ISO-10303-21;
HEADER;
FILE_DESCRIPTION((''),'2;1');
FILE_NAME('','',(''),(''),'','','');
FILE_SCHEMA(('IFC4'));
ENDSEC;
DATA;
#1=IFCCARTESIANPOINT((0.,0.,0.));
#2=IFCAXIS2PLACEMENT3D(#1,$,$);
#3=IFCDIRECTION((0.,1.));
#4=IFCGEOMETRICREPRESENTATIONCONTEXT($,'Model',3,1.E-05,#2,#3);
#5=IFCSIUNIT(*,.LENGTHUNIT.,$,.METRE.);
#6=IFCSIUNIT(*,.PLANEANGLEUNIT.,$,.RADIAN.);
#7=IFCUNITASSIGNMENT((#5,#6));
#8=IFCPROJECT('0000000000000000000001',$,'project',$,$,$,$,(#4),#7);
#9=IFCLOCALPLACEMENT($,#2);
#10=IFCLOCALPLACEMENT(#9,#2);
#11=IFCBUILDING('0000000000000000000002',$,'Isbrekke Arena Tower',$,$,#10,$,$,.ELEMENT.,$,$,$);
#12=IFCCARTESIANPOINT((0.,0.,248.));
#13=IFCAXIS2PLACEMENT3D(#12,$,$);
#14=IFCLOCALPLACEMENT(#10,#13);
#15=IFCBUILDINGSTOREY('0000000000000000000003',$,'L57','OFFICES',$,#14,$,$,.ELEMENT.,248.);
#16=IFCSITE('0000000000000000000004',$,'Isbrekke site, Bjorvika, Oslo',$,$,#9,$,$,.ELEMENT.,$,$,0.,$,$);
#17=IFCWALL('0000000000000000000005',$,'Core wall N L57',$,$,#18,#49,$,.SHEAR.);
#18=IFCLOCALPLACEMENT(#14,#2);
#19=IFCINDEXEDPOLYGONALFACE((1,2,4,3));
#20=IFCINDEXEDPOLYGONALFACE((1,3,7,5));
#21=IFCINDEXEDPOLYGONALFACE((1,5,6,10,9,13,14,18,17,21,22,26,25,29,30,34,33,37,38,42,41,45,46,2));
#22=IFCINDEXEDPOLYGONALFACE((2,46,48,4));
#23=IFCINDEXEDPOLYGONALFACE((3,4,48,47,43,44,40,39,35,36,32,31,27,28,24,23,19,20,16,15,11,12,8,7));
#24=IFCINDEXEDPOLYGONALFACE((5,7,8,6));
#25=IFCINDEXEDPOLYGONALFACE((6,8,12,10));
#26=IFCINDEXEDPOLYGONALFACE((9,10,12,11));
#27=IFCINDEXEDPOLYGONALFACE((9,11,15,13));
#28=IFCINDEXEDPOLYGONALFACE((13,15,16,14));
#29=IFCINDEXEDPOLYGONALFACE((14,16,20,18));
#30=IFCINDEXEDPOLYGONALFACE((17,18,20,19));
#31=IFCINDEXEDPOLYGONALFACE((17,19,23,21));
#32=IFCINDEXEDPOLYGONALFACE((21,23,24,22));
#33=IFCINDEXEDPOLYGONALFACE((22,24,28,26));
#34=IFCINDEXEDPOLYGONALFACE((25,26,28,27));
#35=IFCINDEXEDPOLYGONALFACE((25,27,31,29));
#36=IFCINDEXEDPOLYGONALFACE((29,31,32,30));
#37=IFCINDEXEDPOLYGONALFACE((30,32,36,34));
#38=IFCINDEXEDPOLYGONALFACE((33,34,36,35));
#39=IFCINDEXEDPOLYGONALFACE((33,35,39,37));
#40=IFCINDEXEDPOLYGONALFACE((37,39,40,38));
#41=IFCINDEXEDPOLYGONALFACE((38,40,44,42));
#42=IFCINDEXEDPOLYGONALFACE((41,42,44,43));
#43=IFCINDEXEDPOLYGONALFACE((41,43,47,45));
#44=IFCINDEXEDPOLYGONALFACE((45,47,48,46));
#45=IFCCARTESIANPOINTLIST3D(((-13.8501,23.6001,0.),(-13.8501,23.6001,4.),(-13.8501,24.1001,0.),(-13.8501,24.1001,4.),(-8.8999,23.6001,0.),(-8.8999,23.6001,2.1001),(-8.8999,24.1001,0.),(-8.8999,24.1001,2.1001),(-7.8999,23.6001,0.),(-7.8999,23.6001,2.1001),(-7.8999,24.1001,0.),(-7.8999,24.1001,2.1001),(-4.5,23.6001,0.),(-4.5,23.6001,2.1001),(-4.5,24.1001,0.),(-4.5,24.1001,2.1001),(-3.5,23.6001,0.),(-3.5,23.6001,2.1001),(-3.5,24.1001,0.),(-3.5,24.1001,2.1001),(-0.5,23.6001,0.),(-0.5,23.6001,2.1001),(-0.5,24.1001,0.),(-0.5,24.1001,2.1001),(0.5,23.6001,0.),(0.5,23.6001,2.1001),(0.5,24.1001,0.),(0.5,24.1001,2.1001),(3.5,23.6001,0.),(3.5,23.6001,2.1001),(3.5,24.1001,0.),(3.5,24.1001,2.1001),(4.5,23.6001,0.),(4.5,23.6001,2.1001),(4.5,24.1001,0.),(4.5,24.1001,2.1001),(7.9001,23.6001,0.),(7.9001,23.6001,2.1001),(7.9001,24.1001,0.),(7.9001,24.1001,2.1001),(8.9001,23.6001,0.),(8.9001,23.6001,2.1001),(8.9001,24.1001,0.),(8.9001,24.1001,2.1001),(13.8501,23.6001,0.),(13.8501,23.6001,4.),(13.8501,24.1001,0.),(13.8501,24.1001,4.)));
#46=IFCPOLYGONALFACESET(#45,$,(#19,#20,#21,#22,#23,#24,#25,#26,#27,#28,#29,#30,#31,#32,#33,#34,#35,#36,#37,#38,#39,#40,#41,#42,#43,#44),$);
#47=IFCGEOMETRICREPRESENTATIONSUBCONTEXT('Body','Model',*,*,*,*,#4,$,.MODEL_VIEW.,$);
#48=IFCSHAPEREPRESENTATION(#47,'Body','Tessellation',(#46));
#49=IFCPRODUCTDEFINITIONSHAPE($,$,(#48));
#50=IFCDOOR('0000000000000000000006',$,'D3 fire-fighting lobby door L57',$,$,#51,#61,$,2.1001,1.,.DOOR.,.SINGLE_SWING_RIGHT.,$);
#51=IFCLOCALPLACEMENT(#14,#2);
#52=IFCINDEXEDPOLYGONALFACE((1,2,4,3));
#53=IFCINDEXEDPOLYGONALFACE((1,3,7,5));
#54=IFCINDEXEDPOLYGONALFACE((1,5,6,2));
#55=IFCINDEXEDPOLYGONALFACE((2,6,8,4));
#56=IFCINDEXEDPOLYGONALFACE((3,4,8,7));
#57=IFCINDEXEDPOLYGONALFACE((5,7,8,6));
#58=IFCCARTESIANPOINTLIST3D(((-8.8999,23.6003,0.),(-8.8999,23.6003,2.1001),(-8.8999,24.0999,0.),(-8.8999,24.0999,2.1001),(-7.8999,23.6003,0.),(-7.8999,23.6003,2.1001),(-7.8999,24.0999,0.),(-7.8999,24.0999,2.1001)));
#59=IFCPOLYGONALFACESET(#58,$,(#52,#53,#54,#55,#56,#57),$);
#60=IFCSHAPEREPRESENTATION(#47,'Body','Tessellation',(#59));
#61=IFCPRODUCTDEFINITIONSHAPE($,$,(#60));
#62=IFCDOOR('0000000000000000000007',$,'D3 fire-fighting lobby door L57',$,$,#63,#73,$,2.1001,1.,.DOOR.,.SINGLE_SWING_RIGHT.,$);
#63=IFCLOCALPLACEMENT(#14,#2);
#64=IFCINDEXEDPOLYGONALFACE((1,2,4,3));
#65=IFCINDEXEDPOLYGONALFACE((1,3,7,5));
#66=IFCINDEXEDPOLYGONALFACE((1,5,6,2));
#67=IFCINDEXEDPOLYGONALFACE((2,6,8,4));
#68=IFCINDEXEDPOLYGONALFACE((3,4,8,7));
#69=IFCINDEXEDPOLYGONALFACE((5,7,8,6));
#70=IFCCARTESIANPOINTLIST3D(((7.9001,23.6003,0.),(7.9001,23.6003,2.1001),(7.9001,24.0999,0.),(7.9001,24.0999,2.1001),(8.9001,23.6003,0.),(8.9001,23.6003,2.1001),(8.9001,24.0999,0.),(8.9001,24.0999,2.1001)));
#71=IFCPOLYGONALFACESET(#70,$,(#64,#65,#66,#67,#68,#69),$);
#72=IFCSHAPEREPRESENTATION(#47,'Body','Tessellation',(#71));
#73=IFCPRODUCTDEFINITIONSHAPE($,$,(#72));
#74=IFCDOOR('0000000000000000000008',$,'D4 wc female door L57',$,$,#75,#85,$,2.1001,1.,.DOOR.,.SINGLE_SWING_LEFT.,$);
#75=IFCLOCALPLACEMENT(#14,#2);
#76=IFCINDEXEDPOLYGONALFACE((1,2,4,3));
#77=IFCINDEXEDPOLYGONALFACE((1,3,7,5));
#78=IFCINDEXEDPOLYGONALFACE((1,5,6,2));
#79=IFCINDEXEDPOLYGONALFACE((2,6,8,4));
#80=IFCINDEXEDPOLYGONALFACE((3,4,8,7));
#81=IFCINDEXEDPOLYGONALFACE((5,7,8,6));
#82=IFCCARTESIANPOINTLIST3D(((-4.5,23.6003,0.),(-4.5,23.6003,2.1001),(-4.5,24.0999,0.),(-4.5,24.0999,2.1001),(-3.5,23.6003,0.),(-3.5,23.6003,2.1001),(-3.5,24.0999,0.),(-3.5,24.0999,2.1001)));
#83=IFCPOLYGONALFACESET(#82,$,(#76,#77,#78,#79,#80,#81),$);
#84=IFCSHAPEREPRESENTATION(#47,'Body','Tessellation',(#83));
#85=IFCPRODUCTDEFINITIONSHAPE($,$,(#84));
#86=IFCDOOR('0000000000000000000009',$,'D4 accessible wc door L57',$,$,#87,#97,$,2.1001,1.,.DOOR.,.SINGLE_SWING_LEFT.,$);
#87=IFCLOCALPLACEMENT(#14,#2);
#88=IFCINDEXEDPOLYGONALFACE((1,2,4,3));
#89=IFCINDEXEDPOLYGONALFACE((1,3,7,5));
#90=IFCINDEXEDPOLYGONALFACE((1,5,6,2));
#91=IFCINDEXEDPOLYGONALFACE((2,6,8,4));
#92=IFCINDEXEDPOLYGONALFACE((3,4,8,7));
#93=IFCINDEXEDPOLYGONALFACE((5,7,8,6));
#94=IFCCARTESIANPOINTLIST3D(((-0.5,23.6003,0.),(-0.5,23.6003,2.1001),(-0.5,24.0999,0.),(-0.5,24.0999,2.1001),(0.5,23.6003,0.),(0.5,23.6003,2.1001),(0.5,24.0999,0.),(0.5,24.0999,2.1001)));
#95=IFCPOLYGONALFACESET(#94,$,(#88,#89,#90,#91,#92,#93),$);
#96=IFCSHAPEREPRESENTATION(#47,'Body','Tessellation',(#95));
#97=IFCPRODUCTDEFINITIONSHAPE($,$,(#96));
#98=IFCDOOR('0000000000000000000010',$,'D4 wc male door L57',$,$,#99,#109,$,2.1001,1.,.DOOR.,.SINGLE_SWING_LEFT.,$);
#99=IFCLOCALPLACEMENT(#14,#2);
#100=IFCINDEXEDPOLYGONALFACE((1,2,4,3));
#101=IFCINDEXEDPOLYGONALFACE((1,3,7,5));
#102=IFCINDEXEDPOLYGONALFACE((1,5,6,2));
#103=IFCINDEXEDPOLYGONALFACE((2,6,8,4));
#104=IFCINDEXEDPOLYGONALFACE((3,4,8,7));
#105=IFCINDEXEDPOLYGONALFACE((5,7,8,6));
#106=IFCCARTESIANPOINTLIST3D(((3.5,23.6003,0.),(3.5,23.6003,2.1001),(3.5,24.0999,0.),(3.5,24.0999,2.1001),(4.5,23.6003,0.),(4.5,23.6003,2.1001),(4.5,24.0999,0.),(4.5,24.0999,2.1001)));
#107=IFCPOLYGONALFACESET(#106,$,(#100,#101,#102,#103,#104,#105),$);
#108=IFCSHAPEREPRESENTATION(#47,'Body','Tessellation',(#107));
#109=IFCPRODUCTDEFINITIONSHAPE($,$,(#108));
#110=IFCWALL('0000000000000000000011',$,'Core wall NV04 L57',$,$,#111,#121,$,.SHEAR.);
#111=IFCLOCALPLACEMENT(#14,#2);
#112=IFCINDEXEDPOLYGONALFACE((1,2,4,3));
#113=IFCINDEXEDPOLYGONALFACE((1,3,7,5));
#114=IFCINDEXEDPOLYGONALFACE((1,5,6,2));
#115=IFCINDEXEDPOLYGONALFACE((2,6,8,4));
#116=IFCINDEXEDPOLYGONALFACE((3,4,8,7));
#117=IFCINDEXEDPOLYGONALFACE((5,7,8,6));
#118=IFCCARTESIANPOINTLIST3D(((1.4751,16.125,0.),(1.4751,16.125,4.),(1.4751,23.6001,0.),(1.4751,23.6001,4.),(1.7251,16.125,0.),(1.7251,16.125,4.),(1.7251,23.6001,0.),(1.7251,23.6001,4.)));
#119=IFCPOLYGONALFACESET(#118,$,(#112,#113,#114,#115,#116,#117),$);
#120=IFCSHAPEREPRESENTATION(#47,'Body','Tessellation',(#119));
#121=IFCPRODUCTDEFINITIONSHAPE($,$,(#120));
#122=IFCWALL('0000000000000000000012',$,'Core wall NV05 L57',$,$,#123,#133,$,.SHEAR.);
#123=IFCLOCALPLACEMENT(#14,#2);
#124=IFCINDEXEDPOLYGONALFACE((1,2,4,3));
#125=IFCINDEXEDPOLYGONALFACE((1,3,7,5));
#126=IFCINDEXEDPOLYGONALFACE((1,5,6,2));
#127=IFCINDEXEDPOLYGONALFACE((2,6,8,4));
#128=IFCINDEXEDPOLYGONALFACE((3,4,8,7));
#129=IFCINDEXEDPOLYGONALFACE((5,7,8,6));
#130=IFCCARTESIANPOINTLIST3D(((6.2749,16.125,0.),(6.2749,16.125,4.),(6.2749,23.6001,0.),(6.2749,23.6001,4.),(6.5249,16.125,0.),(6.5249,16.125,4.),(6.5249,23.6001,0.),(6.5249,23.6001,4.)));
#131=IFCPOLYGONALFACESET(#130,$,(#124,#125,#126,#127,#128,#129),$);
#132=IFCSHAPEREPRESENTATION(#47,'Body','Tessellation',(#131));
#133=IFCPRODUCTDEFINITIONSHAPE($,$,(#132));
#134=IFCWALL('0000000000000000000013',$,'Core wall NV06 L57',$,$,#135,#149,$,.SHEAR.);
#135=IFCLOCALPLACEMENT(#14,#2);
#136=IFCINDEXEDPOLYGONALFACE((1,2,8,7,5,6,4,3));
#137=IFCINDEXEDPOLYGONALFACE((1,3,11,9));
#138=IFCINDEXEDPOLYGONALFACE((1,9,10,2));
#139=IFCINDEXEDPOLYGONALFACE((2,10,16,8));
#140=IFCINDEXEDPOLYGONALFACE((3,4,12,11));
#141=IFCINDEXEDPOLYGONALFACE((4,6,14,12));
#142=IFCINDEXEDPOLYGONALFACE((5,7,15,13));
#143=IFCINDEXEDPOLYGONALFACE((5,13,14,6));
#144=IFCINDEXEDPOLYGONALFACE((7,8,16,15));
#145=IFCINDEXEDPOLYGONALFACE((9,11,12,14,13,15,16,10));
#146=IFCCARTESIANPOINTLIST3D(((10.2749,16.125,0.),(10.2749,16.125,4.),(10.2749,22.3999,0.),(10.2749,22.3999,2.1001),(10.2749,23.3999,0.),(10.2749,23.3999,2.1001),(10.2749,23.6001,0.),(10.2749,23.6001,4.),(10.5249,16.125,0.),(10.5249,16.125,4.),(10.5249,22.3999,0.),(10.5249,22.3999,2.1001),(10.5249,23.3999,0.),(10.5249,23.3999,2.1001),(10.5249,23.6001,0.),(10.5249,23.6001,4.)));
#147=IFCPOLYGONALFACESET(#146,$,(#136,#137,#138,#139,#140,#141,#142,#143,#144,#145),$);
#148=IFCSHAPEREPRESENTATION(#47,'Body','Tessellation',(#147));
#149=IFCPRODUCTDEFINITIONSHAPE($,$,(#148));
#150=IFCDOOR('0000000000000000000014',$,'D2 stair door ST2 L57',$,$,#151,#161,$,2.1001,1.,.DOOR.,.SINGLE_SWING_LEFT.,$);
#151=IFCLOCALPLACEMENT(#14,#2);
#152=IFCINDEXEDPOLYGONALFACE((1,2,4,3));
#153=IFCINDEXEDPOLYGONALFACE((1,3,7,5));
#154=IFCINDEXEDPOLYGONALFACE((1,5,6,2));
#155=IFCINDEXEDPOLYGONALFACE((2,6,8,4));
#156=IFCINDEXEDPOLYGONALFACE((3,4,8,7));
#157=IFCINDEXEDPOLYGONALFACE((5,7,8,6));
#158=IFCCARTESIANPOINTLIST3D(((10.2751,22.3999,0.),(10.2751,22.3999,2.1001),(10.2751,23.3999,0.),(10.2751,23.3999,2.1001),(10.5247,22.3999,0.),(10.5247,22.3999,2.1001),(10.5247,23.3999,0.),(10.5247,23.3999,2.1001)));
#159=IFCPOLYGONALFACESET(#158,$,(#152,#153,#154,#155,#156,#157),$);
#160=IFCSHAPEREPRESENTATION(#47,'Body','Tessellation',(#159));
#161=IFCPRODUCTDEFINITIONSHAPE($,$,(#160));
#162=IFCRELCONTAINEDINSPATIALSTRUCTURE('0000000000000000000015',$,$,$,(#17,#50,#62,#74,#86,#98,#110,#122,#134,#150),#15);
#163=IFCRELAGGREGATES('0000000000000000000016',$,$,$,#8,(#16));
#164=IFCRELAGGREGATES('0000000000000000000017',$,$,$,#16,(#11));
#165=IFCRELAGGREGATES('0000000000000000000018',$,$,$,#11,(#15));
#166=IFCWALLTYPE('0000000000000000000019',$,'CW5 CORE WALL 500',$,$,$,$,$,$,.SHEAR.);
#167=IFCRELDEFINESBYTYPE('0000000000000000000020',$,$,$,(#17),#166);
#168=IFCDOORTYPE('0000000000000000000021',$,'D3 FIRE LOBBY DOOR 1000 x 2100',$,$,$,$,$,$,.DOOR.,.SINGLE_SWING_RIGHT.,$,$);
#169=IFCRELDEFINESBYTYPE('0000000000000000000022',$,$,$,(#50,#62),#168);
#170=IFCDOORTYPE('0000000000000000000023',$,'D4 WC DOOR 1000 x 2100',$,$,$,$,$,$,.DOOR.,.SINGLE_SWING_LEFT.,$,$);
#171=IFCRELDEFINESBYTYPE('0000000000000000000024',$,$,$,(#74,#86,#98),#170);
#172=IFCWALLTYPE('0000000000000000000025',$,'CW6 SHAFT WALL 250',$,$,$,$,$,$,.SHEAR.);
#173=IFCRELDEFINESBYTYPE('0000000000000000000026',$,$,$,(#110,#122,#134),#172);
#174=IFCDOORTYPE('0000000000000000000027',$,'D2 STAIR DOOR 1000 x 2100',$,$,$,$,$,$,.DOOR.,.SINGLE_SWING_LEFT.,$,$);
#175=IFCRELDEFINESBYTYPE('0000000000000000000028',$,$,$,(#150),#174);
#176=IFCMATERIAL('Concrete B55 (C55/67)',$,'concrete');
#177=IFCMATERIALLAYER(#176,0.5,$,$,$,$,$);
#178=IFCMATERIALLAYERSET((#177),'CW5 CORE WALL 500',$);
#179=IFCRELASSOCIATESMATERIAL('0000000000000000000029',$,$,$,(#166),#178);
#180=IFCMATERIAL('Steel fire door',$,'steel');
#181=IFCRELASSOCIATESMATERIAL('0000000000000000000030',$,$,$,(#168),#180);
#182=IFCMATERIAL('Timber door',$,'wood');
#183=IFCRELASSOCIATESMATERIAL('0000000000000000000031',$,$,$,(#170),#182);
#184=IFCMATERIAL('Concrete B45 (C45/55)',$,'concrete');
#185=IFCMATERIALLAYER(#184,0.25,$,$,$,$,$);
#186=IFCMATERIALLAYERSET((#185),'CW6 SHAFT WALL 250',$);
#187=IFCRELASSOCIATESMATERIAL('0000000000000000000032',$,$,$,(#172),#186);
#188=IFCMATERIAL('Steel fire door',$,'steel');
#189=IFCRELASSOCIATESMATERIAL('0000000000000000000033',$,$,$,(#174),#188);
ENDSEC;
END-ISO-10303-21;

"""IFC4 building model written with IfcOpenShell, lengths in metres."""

from ifc_helpers import new_model, si_unit, direction, frame, frame_2d, origin, place, context, subcontext, project, spatial, rectangle, extrude, material, layer, layer_set, type_object, element, fill, save


model = new_model("IFC4")

# Units and contexts
model_context = context("Model", 3, precision=1e-05, world=origin(), true_north=direction((0.0, 1.0)))
body_context = subcontext(model_context, "Body", "Model", "MODEL_VIEW")
ifc_project = project(units=[si_unit("LENGTHUNIT", "METRE"), si_unit("PLANEANGLEUNIT", "RADIAN")], contexts=[model_context])

# Site, building, storey
site_placement = place(None, origin())
site = spatial("IfcSite", under=ifc_project, at=site_placement, Name="Isbrekke site, Bjorvika, Oslo", CompositionType="ELEMENT", RefElevation=0.0)
building_placement = place(site_placement, origin())
building = spatial("IfcBuilding", under=site, at=building_placement, Name="Isbrekke Arena Tower", CompositionType="ELEMENT")
storey_placement = place(building_placement, frame((0.0, 0.0, 248.0)))
storey = spatial("IfcBuildingStorey", under=building, at=storey_placement, Name="L57", Description="OFFICES", CompositionType="ELEMENT", Elevation=248.0)

# Wall, openings, doors
ifc_material_1 = material(Name="Concrete B55 (C55/67)", Category="concrete")
ifc_layer_1 = layer(ifc_material_1, 0.5)
ifc_layer_set_1 = layer_set([ifc_layer_1], Name="CW5 CORE WALL 500")
wall_type_1 = type_object("IfcWallType", Name="CW5 CORE WALL 500", PredefinedType="SHEAR", material=ifc_layer_set_1)
wall_1_placement = place(storey_placement, frame((13.8501, 23.8501, 0.0), z_axis=(0.0, 0.0, 1.0), x_axis=(-1.0, 0.0, 0.0)))
wall_1 = element("IfcWall", 1, at=wall_1_placement, inside=storey, type_object=wall_type_1, Name="Core wall N L57", PredefinedType="SHEAR", context=body_context, shape_type="SweptSolid", body=[
    extrude(rectangle(XDim=27.7002, YDim=0.5, at=frame_2d((13.8501, 0.0))), origin(), (0.0, 0.0, 1.0), 4.0),
])
opening_1_placement = place(wall_1_placement, frame((21.75, 0.0, 0.0)))
opening_1 = element("IfcOpeningElement", 2, at=opening_1_placement, cuts=wall_1, PredefinedType="OPENING", context=body_context, shape_type="SweptSolid", body=[
    extrude(rectangle(XDim=1.0, YDim=2.1001, at=frame_2d((0.5, 1.05))), frame((0.0, 0.2649, 0.0), z_axis=(0.0, -1.0, 0.0), x_axis=(1.0, 0.0, 0.0)), (0.0, 0.0, 1.0), 0.5298),
])
opening_2_placement = place(wall_1_placement, frame((4.95, 0.0, 0.0)))
opening_2 = element("IfcOpeningElement", 3, at=opening_2_placement, cuts=wall_1, PredefinedType="OPENING", context=body_context, shape_type="SweptSolid", body=[
    extrude(rectangle(XDim=1.0, YDim=2.1001, at=frame_2d((0.5, 1.05))), frame((0.0, 0.2649, 0.0), z_axis=(0.0, -1.0, 0.0), x_axis=(1.0, 0.0, 0.0)), (0.0, 0.0, 1.0), 0.5298),
])
opening_3_placement = place(wall_1_placement, frame((17.3501, 0.0, 0.0)))
opening_3 = element("IfcOpeningElement", 4, at=opening_3_placement, cuts=wall_1, PredefinedType="OPENING", context=body_context, shape_type="SweptSolid", body=[
    extrude(rectangle(XDim=1.0, YDim=2.1001, at=frame_2d((0.5, 1.05))), frame((0.0, 0.2649, 0.0), z_axis=(0.0, -1.0, 0.0), x_axis=(1.0, 0.0, 0.0)), (0.0, 0.0, 1.0), 0.5298),
])
opening_4_placement = place(wall_1_placement, frame((13.3501, 0.0, 0.0)))
opening_4 = element("IfcOpeningElement", 5, at=opening_4_placement, cuts=wall_1, PredefinedType="OPENING", context=body_context, shape_type="SweptSolid", body=[
    extrude(rectangle(XDim=1.0, YDim=2.1001, at=frame_2d((0.5, 1.05))), frame((0.0, 0.2649, 0.0), z_axis=(0.0, -1.0, 0.0), x_axis=(1.0, 0.0, 0.0)), (0.0, 0.0, 1.0), 0.5298),
])
opening_5_placement = place(wall_1_placement, frame((9.3501, 0.0, 0.0)))
opening_5 = element("IfcOpeningElement", 6, at=opening_5_placement, cuts=wall_1, PredefinedType="OPENING", context=body_context, shape_type="SweptSolid", body=[
    extrude(rectangle(XDim=1.0, YDim=2.1001, at=frame_2d((0.5, 1.05))), frame((0.0, 0.2649, 0.0), z_axis=(0.0, -1.0, 0.0), x_axis=(1.0, 0.0, 0.0)), (0.0, 0.0, 1.0), 0.5298),
])
ifc_material_2 = material(Name="Steel fire door", Category="steel")
door_type_1 = type_object("IfcDoorType", Name="D3 FIRE LOBBY DOOR 1000 x 2100", OperationType="SINGLE_SWING_RIGHT", PredefinedType="DOOR", material=ifc_material_2)
door_1_placement = place(opening_1_placement, origin())
door_1 = element("IfcDoor", 7, at=door_1_placement, inside=storey, type_object=door_type_1, Name="D3 fire-fighting lobby door L57", OperationType="SINGLE_SWING_RIGHT", OverallHeight=2.1001, OverallWidth=1.0, PredefinedType="DOOR", context=body_context, shape_type="SweptSolid", body=[
    extrude(rectangle(XDim=1.0, YDim=2.1001, at=frame_2d((0.5, 1.05))), frame((0.0, 0.2498, 0.0), z_axis=(0.0, -1.0, 0.0), x_axis=(1.0, 0.0, 0.0)), (0.0, 0.0, 1.0), 0.4995),
])
fill(opening_1, door_1)
door_2_placement = place(opening_2_placement, origin())
door_2 = element("IfcDoor", 8, at=door_2_placement, inside=storey, type_object=door_type_1, Name="D3 fire-fighting lobby door L57", OperationType="SINGLE_SWING_RIGHT", OverallHeight=2.1001, OverallWidth=1.0, PredefinedType="DOOR", context=body_context, shape_type="SweptSolid", body=[
    extrude(rectangle(XDim=1.0, YDim=2.1001, at=frame_2d((0.5, 1.05))), frame((0.0, 0.2498, 0.0), z_axis=(0.0, -1.0, 0.0), x_axis=(1.0, 0.0, 0.0)), (0.0, 0.0, 1.0), 0.4995),
])
fill(opening_2, door_2)
ifc_material_3 = material(Name="Timber door", Category="wood")
door_type_2 = type_object("IfcDoorType", Name="D4 WC DOOR 1000 x 2100", OperationType="SINGLE_SWING_LEFT", PredefinedType="DOOR", material=ifc_material_3)
door_3_placement = place(opening_3_placement, origin())
door_3 = element("IfcDoor", 9, at=door_3_placement, inside=storey, type_object=door_type_2, Name="D4 wc female door L57", OperationType="SINGLE_SWING_LEFT", OverallHeight=2.1001, OverallWidth=1.0, PredefinedType="DOOR", context=body_context, shape_type="SweptSolid", body=[
    extrude(rectangle(XDim=1.0, YDim=2.1001, at=frame_2d((0.5, 1.05))), frame((0.0, 0.2498, 0.0), z_axis=(0.0, -1.0, 0.0), x_axis=(1.0, 0.0, 0.0)), (0.0, 0.0, 1.0), 0.4995),
])
fill(opening_3, door_3)
door_4_placement = place(opening_4_placement, origin())
door_4 = element("IfcDoor", 10, at=door_4_placement, inside=storey, type_object=door_type_2, Name="D4 accessible wc door L57", OperationType="SINGLE_SWING_LEFT", OverallHeight=2.1001, OverallWidth=1.0, PredefinedType="DOOR", context=body_context, shape_type="SweptSolid", body=[
    extrude(rectangle(XDim=1.0, YDim=2.1001, at=frame_2d((0.5, 1.05))), frame((0.0, 0.2498, 0.0), z_axis=(0.0, -1.0, 0.0), x_axis=(1.0, 0.0, 0.0)), (0.0, 0.0, 1.0), 0.4995),
])
fill(opening_4, door_4)
door_5_placement = place(opening_5_placement, origin())
door_5 = element("IfcDoor", 11, at=door_5_placement, inside=storey, type_object=door_type_2, Name="D4 wc male door L57", OperationType="SINGLE_SWING_LEFT", OverallHeight=2.1001, OverallWidth=1.0, PredefinedType="DOOR", context=body_context, shape_type="SweptSolid", body=[
    extrude(rectangle(XDim=1.0, YDim=2.1001, at=frame_2d((0.5, 1.05))), frame((0.0, 0.2498, 0.0), z_axis=(0.0, -1.0, 0.0), x_axis=(1.0, 0.0, 0.0)), (0.0, 0.0, 1.0), 0.4995),
])
fill(opening_5, door_5)

# Walls
ifc_material_4 = material(Name="Concrete B45 (C45/55)", Category="concrete")
ifc_layer_2 = layer(ifc_material_4, 0.25)
ifc_layer_set_2 = layer_set([ifc_layer_2], Name="CW6 SHAFT WALL 250")
wall_type_2 = type_object("IfcWallType", Name="CW6 SHAFT WALL 250", PredefinedType="SHEAR", material=ifc_layer_set_2)
for number, where, z_axis, x_axis, name in (
    (12, (1.6001, 16.125, 0.0), (0.0, 0.0, 1.0), (0.0, 1.0, 0.0), "Core wall NV04 L57"),
    (13, (6.3999, 16.125, 0.0), (0.0, 0.0, 1.0), (0.0, 1.0, 0.0), "Core wall NV05 L57"),
):
    element("IfcWall", number, at=place(storey_placement, frame(where, z_axis=z_axis, x_axis=x_axis)), inside=storey, type_object=wall_type_2, Name=name, PredefinedType="SHEAR", context=body_context, shape_type="SweptSolid", body=[
        extrude(rectangle(XDim=7.4751, YDim=0.25, at=frame_2d((3.7375, 0.0))), origin(), (0.0, 0.0, 1.0), 4.0),
    ])

# Wall, opening, door
wall_2_placement = place(storey_placement, frame((10.3999, 16.125, 0.0), z_axis=(0.0, 0.0, 1.0), x_axis=(0.0, 1.0, 0.0)))
wall_2 = element("IfcWall", 14, at=wall_2_placement, inside=storey, type_object=wall_type_2, Name="Core wall NV06 L57", PredefinedType="SHEAR", context=body_context, shape_type="SweptSolid", body=[
    extrude(rectangle(XDim=7.4751, YDim=0.25, at=frame_2d((3.7375, 0.0))), origin(), (0.0, 0.0, 1.0), 4.0),
])
opening_6_placement = place(wall_2_placement, frame((6.2749, 0.0, 0.0)))
opening_6 = element("IfcOpeningElement", 15, at=opening_6_placement, cuts=wall_2, PredefinedType="OPENING", context=body_context, shape_type="SweptSolid", body=[
    extrude(rectangle(XDim=1.0, YDim=2.1001, at=frame_2d((0.5, 1.05))), frame((0.0, 0.1399, 0.0), z_axis=(0.0, -1.0, 0.0), x_axis=(1.0, 0.0, 0.0)), (0.0, 0.0, 1.0), 0.2798),
])
ifc_material_5 = material(Name="Steel fire door", Category="steel")
door_type_3 = type_object("IfcDoorType", Name="D2 STAIR DOOR 1000 x 2100", OperationType="SINGLE_SWING_LEFT", PredefinedType="DOOR", material=ifc_material_5)
door_6_placement = place(opening_6_placement, origin())
door_6 = element("IfcDoor", 16, at=door_6_placement, inside=storey, type_object=door_type_3, Name="D2 stair door ST2 L57", OperationType="SINGLE_SWING_LEFT", OverallHeight=2.1001, OverallWidth=1.0, PredefinedType="DOOR", context=body_context, shape_type="SweptSolid", body=[
    extrude(rectangle(XDim=1.0, YDim=2.1001, at=frame_2d((0.5, 1.05))), frame((0.0, 0.1248, 0.0), z_axis=(0.0, -1.0, 0.0), x_axis=(1.0, 0.0, 0.0)), (0.0, 0.0, 1.0), 0.2495),
])
fill(opening_6, door_6)

save(model, "model.ifc")
